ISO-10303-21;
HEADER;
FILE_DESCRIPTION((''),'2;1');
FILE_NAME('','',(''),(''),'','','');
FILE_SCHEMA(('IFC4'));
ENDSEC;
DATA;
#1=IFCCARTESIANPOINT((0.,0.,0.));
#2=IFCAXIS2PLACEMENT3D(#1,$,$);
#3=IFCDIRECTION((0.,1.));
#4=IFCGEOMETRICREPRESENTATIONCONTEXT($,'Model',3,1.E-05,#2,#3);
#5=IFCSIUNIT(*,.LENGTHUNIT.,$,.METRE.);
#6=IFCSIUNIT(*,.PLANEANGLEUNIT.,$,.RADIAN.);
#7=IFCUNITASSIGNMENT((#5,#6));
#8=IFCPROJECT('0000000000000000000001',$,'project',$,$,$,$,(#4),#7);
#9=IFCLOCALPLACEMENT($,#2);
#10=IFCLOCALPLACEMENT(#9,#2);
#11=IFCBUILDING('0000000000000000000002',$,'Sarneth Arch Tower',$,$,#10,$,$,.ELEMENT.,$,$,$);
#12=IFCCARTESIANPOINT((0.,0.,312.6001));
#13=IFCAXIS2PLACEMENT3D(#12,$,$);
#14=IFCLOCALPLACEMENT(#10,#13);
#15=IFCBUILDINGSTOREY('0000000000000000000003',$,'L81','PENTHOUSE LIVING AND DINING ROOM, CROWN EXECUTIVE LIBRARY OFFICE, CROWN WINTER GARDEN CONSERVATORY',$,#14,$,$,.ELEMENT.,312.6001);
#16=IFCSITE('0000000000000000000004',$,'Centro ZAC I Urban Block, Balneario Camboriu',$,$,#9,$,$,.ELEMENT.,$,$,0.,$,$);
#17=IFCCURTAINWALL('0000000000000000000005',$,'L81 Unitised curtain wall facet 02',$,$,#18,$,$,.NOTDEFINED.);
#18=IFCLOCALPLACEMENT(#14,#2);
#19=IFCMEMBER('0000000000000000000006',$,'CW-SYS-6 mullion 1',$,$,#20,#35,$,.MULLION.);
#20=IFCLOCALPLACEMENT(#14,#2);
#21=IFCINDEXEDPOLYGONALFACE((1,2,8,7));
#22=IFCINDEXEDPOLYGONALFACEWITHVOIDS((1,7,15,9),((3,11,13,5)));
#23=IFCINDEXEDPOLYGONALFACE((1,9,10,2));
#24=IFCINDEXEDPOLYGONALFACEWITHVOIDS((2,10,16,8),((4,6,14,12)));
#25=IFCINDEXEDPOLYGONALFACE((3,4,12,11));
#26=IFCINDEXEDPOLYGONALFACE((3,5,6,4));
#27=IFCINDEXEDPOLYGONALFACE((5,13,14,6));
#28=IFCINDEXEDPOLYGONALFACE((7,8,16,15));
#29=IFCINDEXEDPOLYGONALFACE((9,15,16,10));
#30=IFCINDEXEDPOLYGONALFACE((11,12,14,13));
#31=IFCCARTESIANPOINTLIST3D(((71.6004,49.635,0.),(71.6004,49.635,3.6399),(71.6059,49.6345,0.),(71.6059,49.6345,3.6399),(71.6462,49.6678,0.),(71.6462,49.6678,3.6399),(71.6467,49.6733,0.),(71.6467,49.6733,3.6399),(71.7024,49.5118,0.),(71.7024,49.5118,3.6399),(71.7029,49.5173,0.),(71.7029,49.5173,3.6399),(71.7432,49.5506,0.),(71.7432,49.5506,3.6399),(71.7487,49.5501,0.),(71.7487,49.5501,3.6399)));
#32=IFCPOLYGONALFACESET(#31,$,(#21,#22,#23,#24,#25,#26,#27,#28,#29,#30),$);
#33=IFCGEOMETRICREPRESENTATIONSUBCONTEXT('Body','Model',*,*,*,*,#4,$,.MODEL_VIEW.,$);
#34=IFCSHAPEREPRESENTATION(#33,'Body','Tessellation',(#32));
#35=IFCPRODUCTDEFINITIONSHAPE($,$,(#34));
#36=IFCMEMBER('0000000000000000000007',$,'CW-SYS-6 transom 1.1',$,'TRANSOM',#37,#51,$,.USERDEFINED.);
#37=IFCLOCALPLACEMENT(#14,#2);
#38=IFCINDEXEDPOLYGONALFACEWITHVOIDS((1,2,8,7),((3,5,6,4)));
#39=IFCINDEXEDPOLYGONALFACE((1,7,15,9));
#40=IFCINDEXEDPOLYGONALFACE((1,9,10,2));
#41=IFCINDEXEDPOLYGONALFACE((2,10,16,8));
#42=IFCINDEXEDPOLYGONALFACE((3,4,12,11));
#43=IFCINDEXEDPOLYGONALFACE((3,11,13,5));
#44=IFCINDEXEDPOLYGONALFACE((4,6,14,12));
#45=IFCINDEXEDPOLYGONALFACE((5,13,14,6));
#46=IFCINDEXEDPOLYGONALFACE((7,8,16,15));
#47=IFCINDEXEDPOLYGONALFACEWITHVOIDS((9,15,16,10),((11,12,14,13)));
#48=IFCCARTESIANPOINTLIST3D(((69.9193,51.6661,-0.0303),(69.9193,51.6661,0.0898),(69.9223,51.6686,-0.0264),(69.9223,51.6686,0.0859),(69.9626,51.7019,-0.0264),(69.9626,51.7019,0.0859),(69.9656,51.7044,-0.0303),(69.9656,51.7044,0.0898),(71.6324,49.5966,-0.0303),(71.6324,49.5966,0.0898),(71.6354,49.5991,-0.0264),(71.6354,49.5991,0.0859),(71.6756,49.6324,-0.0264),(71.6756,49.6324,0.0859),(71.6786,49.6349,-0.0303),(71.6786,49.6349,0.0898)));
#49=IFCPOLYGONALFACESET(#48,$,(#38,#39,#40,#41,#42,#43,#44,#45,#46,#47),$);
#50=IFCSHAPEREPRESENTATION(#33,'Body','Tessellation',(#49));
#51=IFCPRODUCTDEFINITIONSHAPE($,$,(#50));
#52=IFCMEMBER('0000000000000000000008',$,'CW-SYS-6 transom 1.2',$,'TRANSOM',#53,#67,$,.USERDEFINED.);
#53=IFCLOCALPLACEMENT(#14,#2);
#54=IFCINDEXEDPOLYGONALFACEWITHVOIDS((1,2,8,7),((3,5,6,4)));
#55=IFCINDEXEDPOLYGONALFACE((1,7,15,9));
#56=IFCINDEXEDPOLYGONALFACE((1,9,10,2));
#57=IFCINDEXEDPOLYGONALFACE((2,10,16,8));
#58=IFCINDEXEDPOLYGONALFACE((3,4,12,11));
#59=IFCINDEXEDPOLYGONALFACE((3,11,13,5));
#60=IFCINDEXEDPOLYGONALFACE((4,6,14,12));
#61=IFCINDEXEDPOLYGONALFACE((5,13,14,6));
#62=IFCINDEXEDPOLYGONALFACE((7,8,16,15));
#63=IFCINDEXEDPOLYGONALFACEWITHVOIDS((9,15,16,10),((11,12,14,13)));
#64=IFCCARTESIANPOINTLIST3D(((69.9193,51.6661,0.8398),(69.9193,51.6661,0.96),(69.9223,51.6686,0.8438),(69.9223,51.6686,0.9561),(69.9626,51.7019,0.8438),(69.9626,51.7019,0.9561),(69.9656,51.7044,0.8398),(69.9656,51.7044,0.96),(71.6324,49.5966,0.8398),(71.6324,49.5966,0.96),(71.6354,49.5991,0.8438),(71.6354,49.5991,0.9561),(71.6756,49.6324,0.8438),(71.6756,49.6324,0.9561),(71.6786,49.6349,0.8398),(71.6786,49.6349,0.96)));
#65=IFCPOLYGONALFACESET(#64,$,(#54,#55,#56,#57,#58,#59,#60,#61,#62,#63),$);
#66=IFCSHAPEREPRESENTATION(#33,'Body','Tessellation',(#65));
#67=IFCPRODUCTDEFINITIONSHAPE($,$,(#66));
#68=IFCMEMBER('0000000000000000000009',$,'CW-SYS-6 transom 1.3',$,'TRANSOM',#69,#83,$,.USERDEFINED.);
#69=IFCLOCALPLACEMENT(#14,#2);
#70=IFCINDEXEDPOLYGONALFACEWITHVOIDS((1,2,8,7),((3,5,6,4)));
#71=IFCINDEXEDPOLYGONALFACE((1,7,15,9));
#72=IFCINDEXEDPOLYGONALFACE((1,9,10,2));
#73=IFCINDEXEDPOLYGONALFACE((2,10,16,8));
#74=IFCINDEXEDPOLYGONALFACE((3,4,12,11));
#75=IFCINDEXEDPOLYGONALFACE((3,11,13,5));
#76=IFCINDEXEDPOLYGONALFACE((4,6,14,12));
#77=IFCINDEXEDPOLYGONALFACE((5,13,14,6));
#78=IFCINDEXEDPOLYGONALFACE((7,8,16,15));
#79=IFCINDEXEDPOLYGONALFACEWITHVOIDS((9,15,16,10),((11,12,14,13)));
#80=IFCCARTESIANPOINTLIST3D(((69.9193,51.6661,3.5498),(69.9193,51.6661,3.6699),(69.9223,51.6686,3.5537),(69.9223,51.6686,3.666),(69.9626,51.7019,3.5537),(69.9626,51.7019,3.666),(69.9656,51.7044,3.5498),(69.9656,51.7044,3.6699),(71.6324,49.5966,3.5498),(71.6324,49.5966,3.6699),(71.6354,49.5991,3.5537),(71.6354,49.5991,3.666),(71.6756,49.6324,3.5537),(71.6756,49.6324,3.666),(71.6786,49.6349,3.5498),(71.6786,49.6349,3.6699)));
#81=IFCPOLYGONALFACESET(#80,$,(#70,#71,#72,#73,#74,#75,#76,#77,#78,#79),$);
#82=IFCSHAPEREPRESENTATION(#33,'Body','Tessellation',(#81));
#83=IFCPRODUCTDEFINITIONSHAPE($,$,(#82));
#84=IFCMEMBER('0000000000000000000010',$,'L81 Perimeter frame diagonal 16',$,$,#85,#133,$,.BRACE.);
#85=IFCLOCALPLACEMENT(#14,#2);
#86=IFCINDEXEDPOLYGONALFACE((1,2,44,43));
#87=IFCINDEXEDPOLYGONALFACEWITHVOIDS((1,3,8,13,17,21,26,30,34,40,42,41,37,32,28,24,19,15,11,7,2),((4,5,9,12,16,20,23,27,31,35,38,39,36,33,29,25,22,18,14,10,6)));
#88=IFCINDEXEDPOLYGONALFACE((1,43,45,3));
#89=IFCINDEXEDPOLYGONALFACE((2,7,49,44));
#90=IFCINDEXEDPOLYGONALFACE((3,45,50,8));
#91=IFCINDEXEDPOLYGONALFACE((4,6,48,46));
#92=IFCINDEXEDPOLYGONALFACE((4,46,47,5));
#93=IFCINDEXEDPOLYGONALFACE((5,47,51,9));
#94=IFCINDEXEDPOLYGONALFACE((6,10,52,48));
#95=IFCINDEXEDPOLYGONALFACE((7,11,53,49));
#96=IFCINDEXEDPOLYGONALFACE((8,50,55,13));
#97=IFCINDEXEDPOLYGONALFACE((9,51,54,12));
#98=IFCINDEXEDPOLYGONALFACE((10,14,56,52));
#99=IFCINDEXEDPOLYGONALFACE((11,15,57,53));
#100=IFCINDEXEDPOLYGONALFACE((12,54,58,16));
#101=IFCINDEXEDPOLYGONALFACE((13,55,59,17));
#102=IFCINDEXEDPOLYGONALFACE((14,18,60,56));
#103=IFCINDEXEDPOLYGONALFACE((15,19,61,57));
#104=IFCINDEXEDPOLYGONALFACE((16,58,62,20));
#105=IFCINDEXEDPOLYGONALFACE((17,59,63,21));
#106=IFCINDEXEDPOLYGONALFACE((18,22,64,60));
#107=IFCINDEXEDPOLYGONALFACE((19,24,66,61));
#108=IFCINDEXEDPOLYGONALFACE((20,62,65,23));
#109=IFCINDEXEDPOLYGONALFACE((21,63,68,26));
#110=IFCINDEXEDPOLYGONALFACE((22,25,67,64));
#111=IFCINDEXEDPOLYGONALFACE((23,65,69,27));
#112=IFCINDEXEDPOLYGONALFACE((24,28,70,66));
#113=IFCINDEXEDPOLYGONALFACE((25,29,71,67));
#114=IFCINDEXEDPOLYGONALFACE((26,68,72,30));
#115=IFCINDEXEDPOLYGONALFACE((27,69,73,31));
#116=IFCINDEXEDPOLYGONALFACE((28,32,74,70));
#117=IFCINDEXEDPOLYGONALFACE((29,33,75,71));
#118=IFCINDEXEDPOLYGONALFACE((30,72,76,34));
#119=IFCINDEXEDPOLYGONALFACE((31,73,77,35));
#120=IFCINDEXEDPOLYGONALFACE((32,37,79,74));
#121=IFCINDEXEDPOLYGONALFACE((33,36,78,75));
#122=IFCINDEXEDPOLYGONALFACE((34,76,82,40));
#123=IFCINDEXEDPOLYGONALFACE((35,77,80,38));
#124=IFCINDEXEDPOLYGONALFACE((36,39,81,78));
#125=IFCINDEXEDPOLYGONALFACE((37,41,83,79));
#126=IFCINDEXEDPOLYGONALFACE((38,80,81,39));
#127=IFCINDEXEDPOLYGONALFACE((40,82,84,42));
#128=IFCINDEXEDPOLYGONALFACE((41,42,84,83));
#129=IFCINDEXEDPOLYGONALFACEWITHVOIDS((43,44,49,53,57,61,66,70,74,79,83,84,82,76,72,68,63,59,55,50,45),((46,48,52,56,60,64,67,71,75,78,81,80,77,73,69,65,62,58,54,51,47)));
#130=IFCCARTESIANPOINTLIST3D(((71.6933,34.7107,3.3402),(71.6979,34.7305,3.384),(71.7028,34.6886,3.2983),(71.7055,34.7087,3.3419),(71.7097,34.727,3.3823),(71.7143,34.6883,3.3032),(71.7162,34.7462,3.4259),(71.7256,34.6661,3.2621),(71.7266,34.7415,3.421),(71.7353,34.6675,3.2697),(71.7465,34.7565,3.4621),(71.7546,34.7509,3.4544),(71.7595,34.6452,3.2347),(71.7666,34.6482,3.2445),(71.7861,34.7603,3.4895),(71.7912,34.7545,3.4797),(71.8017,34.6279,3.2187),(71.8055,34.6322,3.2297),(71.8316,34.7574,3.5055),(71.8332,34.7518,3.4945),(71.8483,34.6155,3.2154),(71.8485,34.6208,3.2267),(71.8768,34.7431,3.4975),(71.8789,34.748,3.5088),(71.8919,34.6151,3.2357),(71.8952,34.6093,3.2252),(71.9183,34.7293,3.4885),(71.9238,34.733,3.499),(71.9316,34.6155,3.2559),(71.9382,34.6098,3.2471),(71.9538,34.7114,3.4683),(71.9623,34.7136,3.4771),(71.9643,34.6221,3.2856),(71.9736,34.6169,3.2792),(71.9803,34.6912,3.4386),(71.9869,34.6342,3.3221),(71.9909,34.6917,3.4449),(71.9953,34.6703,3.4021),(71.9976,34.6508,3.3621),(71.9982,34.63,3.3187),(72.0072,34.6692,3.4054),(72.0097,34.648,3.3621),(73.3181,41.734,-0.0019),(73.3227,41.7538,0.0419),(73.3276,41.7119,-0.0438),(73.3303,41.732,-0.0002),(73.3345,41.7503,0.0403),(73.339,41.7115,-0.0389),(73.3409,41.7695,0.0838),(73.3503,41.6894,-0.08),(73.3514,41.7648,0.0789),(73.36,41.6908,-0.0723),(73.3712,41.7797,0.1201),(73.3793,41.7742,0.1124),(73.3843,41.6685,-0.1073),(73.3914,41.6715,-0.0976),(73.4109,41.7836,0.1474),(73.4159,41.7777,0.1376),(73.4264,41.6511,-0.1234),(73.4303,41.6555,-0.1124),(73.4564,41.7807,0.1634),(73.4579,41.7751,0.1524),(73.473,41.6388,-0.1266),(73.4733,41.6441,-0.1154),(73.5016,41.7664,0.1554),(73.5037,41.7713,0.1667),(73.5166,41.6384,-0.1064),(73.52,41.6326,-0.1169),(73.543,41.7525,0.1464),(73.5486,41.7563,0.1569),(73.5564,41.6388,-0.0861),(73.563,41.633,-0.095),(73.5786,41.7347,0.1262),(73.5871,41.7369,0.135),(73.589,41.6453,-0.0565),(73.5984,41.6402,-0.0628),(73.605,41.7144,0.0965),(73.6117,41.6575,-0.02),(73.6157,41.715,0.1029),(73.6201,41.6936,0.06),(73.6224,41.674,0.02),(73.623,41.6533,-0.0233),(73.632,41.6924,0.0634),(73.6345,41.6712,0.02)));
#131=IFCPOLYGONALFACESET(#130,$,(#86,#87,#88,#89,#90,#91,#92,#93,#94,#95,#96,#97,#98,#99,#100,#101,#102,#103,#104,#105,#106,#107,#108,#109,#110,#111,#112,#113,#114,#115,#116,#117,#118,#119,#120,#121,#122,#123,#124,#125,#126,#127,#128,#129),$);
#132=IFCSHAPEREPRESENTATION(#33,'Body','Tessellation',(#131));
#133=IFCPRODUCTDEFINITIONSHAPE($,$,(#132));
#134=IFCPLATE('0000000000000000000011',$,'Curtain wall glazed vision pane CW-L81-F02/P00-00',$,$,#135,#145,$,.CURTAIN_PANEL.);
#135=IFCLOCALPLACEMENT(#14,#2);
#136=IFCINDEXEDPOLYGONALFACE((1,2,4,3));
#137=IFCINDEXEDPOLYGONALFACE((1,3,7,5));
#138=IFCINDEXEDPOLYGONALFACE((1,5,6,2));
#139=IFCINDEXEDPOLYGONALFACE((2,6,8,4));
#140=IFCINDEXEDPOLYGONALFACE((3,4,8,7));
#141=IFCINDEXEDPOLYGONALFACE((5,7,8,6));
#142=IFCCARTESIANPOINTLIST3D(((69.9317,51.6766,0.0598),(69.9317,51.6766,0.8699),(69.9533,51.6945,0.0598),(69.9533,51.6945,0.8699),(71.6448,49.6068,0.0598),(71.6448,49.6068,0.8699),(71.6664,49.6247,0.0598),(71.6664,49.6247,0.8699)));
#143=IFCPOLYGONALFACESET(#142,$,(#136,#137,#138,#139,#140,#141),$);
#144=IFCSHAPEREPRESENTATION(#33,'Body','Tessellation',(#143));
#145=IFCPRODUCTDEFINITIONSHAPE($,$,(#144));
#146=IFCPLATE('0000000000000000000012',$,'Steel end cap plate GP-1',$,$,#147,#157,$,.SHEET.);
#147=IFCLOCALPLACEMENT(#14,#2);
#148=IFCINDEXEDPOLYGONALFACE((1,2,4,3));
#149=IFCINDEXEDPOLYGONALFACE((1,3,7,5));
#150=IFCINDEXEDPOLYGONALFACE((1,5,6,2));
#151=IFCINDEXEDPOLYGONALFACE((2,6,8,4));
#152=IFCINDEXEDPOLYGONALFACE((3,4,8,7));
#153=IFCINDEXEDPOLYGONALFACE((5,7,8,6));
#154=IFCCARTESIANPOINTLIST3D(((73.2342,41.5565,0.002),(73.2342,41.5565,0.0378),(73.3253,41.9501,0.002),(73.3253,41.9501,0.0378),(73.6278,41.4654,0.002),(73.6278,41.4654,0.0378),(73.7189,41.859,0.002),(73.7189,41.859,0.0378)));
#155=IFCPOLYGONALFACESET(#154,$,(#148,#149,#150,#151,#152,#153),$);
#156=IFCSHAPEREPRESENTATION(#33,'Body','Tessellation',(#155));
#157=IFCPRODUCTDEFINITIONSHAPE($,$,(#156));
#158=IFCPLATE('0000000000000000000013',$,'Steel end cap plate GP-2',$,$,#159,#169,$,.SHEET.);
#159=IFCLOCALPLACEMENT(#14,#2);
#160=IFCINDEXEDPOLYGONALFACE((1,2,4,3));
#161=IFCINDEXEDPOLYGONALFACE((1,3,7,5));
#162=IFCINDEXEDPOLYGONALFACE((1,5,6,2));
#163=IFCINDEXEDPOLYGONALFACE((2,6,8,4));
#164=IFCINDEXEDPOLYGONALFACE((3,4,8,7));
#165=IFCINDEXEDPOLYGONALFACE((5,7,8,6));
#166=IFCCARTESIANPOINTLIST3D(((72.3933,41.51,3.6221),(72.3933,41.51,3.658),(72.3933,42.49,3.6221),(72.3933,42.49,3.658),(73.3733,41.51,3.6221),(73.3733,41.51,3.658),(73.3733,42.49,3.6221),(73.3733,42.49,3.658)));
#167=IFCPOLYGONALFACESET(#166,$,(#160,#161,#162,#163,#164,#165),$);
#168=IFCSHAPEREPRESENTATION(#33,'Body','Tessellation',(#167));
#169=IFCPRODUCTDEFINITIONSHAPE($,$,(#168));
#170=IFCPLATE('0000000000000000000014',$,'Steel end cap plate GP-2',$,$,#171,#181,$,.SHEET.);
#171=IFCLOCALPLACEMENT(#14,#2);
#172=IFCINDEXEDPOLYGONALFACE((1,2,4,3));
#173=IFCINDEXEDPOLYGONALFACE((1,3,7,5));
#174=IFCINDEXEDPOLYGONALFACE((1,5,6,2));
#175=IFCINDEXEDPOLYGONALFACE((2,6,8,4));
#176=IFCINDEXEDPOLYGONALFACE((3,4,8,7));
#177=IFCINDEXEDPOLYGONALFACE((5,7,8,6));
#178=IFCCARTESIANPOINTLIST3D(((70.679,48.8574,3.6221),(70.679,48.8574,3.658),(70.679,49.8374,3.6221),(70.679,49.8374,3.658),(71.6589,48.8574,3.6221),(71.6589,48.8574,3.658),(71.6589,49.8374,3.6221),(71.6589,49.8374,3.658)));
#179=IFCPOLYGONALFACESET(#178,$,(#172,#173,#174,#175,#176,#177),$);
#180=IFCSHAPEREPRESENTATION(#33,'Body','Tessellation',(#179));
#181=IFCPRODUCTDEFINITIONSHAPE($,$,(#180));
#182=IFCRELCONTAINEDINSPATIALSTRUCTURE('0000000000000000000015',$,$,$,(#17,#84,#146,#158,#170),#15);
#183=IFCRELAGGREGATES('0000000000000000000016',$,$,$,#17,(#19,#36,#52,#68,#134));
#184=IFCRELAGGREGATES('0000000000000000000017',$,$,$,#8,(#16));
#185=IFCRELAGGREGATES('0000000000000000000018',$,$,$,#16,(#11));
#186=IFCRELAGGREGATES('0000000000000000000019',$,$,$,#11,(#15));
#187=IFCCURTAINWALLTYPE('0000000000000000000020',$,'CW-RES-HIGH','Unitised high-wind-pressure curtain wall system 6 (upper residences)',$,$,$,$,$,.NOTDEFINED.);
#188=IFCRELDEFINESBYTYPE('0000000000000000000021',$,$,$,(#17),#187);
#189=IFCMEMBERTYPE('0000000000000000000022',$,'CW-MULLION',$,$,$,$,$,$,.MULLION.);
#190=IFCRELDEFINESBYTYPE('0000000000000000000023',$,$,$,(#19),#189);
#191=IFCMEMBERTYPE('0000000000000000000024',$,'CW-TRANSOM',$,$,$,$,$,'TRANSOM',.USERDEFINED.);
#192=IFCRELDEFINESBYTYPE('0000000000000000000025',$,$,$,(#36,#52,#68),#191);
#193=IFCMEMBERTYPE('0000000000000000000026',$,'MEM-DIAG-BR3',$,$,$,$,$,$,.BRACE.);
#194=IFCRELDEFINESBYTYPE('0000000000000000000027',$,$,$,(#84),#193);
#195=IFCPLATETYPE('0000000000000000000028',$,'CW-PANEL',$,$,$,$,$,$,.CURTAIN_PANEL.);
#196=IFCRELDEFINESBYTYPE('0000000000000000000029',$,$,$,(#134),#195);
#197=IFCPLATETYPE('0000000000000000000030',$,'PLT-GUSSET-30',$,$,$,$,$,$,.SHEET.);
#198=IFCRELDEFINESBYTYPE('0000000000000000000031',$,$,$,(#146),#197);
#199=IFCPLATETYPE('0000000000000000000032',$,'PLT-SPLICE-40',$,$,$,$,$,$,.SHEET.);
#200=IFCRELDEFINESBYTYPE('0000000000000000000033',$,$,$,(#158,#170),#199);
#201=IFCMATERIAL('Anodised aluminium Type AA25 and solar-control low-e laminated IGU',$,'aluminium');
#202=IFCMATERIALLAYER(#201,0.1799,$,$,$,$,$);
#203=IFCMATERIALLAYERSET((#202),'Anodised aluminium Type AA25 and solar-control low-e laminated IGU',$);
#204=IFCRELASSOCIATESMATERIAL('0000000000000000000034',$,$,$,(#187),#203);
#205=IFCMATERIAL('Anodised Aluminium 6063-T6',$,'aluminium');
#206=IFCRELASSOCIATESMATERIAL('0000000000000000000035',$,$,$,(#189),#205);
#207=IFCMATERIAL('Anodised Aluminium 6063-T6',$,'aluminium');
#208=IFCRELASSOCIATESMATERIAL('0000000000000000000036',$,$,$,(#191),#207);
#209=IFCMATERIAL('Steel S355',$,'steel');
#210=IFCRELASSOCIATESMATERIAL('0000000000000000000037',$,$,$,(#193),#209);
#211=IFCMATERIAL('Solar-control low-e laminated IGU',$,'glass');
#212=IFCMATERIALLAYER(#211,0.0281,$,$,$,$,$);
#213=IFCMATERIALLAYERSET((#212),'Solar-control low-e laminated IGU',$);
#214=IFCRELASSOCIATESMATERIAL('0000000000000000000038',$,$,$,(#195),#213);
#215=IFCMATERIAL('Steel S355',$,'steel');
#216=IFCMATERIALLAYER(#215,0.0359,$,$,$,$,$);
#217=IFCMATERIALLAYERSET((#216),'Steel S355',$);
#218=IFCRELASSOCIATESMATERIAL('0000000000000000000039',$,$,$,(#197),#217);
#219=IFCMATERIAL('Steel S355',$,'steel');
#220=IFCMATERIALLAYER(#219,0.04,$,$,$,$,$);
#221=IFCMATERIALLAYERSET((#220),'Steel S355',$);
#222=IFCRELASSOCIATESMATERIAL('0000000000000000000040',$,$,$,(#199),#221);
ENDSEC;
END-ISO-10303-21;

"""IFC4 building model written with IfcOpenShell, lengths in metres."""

from ifc_helpers import new_model, si_unit, direction, frame, origin, origin_2d, place, context, subcontext, project, spatial, rectangle, hollow_rectangle, hollow_circle, extrude, material, layer, layer_set, material_profile, profile_set, type_object, element, aggregate, save


model = new_model("IFC4")

# Units and contexts
model_context = context("Model", 3, precision=1e-05, world=origin(), true_north=direction((0.0, 1.0)))
body_context = subcontext(model_context, "Body", "Model", "MODEL_VIEW")
ifc_project = project(units=[si_unit("LENGTHUNIT", "METRE"), si_unit("PLANEANGLEUNIT", "RADIAN")], contexts=[model_context])

# Site, building, storey
site_placement = place(None, origin())
site = spatial("IfcSite", under=ifc_project, at=site_placement, Name="Centro ZAC I Urban Block, Balneario Camboriu", CompositionType="ELEMENT", RefElevation=0.0)
building_placement = place(site_placement, origin())
building = spatial("IfcBuilding", under=site, at=building_placement, Name="Sarneth Arch Tower", CompositionType="ELEMENT")
storey_placement = place(building_placement, frame((0.0, 0.0, 312.6001)))
storey = spatial("IfcBuildingStorey", under=building, at=storey_placement, Name="L81", Description="PENTHOUSE LIVING AND DINING ROOM, CROWN EXECUTIVE LIBRARY OFFICE, CROWN WINTER GARDEN CONSERVATORY", CompositionType="ELEMENT", Elevation=312.6001)

# Curtain wall, members
ifc_material_1 = material(Name="Anodised aluminium Type AA25 and solar-control low-e laminated IGU", Category="aluminium")
ifc_layer_1 = layer(ifc_material_1, 0.1799)
ifc_layer_set_1 = layer_set([ifc_layer_1], Name="Anodised aluminium Type AA25 and solar-control low-e laminated IGU")
curtain_wall_type = type_object("IfcCurtainWallType", Name="CW-RES-HIGH", Description="Unitised high-wind-pressure curtain wall system 6 (upper residences)", PredefinedType="NOTDEFINED", material=ifc_layer_set_1)
curtain_wall_placement = place(storey_placement, origin())
curtain_wall = element("IfcCurtainWall", 1, at=curtain_wall_placement, inside=storey, type_object=curtain_wall_type, Name="L81 Unitised curtain wall facet 02", PredefinedType="NOTDEFINED")
ifc_material_2 = material(Name="Anodised Aluminium 6063-T6", Category="aluminium")
ifc_material_profile_1 = material_profile(ifc_material_2, hollow_rectangle(XDim=0.0601, YDim=0.1599, WallThickness=0.0039, at=origin_2d()), Name="AL-MULL-160x60x4")
ifc_profile_set_1 = profile_set([ifc_material_profile_1], Name="Anodised Aluminium 6063-T6")
member_type_1 = type_object("IfcMemberType", Name="CW-MULLION", PredefinedType="MULLION", material=ifc_profile_set_1)
member_1_placement = place(storey_placement, frame((71.6746, 49.5925, 0.0), z_axis=(0.0, 0.0, 1.0), x_axis=(-0.770359, -0.63761, 0.0)))
member_1 = element("IfcMember", 2, at=member_1_placement, type_object=member_type_1, Name="CW-SYS-6 mullion 1", PredefinedType="MULLION", context=body_context, shape_type="SweptSolid", body=[
    extrude(hollow_rectangle(XDim=0.0601, YDim=0.1599, WallThickness=0.0039, at=origin_2d()), origin(), (0.0, 0.0, 1.0), 3.6399),
])
ifc_material_3 = material(Name="Anodised Aluminium 6063-T6", Category="aluminium")
ifc_material_profile_2 = material_profile(ifc_material_3, hollow_rectangle(XDim=0.0601, YDim=0.1201, WallThickness=0.0039, at=origin_2d()), Name="AL-TRAN-120x60x4")
ifc_profile_set_2 = profile_set([ifc_material_profile_2], Name="Anodised Aluminium 6063-T6")
member_type_2 = type_object("IfcMemberType", Name="CW-TRANSOM", ElementType="TRANSOM", PredefinedType="USERDEFINED", material=ifc_profile_set_2)
member_2_placement = place(storey_placement, frame((71.6555, 49.6157, 0.0298), z_axis=(-0.637651, 0.770325, 0.0), x_axis=(-0.770325, -0.637651, 0.0)))
member_2 = element("IfcMember", 3, at=member_2_placement, type_object=member_type_2, Name="CW-SYS-6 transom 1.1", ObjectType="TRANSOM", PredefinedType="USERDEFINED", context=body_context, shape_type="SweptSolid", body=[
    extrude(hollow_rectangle(XDim=0.0601, YDim=0.1201, WallThickness=0.0039, at=origin_2d()), origin(), (0.0, 0.0, 1.0), 2.6865),
])
member_3_placement = place(storey_placement, frame((71.6555, 49.6157, 0.8999), z_axis=(-0.637651, 0.770325, 0.0), x_axis=(-0.770325, -0.637651, 0.0)))
member_3 = element("IfcMember", 4, at=member_3_placement, type_object=member_type_2, Name="CW-SYS-6 transom 1.2", ObjectType="TRANSOM", PredefinedType="USERDEFINED", context=body_context, shape_type="SweptSolid", body=[
    extrude(hollow_rectangle(XDim=0.0601, YDim=0.1201, WallThickness=0.0039, at=origin_2d()), origin(), (0.0, 0.0, 1.0), 2.6865),
])
member_4_placement = place(storey_placement, frame((71.6555, 49.6157, 3.6099), z_axis=(-0.637651, 0.770325, 0.0), x_axis=(-0.770325, -0.637651, 0.0)))
member_4 = element("IfcMember", 5, at=member_4_placement, type_object=member_type_2, Name="CW-SYS-6 transom 1.3", ObjectType="TRANSOM", PredefinedType="USERDEFINED", context=body_context, shape_type="SweptSolid", body=[
    extrude(hollow_rectangle(XDim=0.0601, YDim=0.1201, WallThickness=0.0039, at=origin_2d()), origin(), (0.0, 0.0, 1.0), 2.6865),
])

# Member
ifc_material_4 = material(Name="Steel S355", Category="steel")
ifc_material_profile_3 = material_profile(ifc_material_4, hollow_circle(Radius=0.1621, WallThickness=0.0125, at=origin_2d()), Name="CHS324x12.5")
ifc_profile_set_3 = profile_set([ifc_material_profile_3], Name="Steel S355")
member_type_3 = type_object("IfcMemberType", Name="MEM-DIAG-BR3", PredefinedType="BRACE", material=ifc_profile_set_3)
member_5_placement = place(storey_placement, frame((73.4766, 41.7078, 0.02), z_axis=(-0.204482, -0.883897, 0.420609), x_axis=(0.974269, -0.225389, 0.0)))
element("IfcMember", 6, at=member_5_placement, inside=storey, type_object=member_type_3, Name="L81 Perimeter frame diagonal 16", PredefinedType="BRACE", context=body_context, shape_type="SweptSolid", body=[
    extrude(hollow_circle(Radius=0.1621, WallThickness=0.0125, at=origin_2d()), origin(), (0.0, 0.0, 1.0), 7.9458),
])

# Plate
ifc_material_5 = material(Name="Solar-control low-e laminated IGU", Category="glass")
ifc_layer_2 = layer(ifc_material_5, 0.0281)
ifc_layer_set_2 = layer_set([ifc_layer_2], Name="Solar-control low-e laminated IGU")
plate_type_1 = type_object("IfcPlateType", Name="CW-PANEL", PredefinedType="CURTAIN_PANEL", material=ifc_layer_set_2)
plate_1_placement = place(storey_placement, frame((70.7991, 50.6506, 0.0598), z_axis=(0.0, 0.0, 1.0), x_axis=(-0.63761, 0.770359, 0.0)))
plate_1 = element("IfcPlate", 7, at=plate_1_placement, type_object=plate_type_1, Name="Curtain wall glazed vision pane CW-L81-F02/P00-00", PredefinedType="CURTAIN_PANEL", context=body_context, shape_type="SweptSolid", body=[
    extrude(rectangle(XDim=2.6868, YDim=0.0281, at=origin_2d()), origin(), (0.0, 0.0, 1.0), 0.8101),
])
aggregate(curtain_wall, [member_1, member_2, member_3, member_4, plate_1])

# Plates
ifc_material_6 = material(Name="Steel S355", Category="steel")
ifc_layer_3 = layer(ifc_material_6, 0.0359)
ifc_layer_set_3 = layer_set([ifc_layer_3], Name="Steel S355")
plate_type_2 = type_object("IfcPlateType", Name="PLT-GUSSET-30", PredefinedType="SHEET", material=ifc_layer_set_3)
plate_2_placement = place(storey_placement, frame((73.4766, 41.7078, 0.002), z_axis=(0.0, 0.0, 1.0), x_axis=(0.225461, 0.974252, 0.0)))
element("IfcPlate", 8, at=plate_2_placement, inside=storey, type_object=plate_type_2, Name="Steel end cap plate GP-1", PredefinedType="SHEET", context=body_context, shape_type="SweptSolid", body=[
    extrude(rectangle(XDim=0.4041, YDim=0.4041, at=origin_2d()), origin(), (0.0, 0.0, 1.0), 0.0359),
])
ifc_material_7 = material(Name="Steel S355", Category="steel")
ifc_layer_4 = layer(ifc_material_7, 0.04)
ifc_layer_set_4 = layer_set([ifc_layer_4], Name="Steel S355")
plate_type_3 = type_object("IfcPlateType", Name="PLT-SPLICE-40", PredefinedType="SHEET", material=ifc_layer_set_4)
for number, where, z_axis, x_axis, name in (
    (9, (72.8833, 42.0, 3.6221), (0.0, 0.0, 1.0), (1.0, 0.0, 0.0), "Steel end cap plate GP-2"),
    (10, (71.1689, 49.3474, 3.6221), (0.0, 0.0, 1.0), (1.0, 0.0, 0.0), "Steel end cap plate GP-2"),
):
    element("IfcPlate", number, at=place(storey_placement, frame(where, z_axis=z_axis, x_axis=x_axis)), inside=storey, type_object=plate_type_3, Name=name, PredefinedType="SHEET", context=body_context, shape_type="SweptSolid", body=[
        extrude(rectangle(XDim=0.98, YDim=0.98, at=origin_2d()), origin(), (0.0, 0.0, 1.0), 0.0359),
    ])

save(model, "model.ifc")
